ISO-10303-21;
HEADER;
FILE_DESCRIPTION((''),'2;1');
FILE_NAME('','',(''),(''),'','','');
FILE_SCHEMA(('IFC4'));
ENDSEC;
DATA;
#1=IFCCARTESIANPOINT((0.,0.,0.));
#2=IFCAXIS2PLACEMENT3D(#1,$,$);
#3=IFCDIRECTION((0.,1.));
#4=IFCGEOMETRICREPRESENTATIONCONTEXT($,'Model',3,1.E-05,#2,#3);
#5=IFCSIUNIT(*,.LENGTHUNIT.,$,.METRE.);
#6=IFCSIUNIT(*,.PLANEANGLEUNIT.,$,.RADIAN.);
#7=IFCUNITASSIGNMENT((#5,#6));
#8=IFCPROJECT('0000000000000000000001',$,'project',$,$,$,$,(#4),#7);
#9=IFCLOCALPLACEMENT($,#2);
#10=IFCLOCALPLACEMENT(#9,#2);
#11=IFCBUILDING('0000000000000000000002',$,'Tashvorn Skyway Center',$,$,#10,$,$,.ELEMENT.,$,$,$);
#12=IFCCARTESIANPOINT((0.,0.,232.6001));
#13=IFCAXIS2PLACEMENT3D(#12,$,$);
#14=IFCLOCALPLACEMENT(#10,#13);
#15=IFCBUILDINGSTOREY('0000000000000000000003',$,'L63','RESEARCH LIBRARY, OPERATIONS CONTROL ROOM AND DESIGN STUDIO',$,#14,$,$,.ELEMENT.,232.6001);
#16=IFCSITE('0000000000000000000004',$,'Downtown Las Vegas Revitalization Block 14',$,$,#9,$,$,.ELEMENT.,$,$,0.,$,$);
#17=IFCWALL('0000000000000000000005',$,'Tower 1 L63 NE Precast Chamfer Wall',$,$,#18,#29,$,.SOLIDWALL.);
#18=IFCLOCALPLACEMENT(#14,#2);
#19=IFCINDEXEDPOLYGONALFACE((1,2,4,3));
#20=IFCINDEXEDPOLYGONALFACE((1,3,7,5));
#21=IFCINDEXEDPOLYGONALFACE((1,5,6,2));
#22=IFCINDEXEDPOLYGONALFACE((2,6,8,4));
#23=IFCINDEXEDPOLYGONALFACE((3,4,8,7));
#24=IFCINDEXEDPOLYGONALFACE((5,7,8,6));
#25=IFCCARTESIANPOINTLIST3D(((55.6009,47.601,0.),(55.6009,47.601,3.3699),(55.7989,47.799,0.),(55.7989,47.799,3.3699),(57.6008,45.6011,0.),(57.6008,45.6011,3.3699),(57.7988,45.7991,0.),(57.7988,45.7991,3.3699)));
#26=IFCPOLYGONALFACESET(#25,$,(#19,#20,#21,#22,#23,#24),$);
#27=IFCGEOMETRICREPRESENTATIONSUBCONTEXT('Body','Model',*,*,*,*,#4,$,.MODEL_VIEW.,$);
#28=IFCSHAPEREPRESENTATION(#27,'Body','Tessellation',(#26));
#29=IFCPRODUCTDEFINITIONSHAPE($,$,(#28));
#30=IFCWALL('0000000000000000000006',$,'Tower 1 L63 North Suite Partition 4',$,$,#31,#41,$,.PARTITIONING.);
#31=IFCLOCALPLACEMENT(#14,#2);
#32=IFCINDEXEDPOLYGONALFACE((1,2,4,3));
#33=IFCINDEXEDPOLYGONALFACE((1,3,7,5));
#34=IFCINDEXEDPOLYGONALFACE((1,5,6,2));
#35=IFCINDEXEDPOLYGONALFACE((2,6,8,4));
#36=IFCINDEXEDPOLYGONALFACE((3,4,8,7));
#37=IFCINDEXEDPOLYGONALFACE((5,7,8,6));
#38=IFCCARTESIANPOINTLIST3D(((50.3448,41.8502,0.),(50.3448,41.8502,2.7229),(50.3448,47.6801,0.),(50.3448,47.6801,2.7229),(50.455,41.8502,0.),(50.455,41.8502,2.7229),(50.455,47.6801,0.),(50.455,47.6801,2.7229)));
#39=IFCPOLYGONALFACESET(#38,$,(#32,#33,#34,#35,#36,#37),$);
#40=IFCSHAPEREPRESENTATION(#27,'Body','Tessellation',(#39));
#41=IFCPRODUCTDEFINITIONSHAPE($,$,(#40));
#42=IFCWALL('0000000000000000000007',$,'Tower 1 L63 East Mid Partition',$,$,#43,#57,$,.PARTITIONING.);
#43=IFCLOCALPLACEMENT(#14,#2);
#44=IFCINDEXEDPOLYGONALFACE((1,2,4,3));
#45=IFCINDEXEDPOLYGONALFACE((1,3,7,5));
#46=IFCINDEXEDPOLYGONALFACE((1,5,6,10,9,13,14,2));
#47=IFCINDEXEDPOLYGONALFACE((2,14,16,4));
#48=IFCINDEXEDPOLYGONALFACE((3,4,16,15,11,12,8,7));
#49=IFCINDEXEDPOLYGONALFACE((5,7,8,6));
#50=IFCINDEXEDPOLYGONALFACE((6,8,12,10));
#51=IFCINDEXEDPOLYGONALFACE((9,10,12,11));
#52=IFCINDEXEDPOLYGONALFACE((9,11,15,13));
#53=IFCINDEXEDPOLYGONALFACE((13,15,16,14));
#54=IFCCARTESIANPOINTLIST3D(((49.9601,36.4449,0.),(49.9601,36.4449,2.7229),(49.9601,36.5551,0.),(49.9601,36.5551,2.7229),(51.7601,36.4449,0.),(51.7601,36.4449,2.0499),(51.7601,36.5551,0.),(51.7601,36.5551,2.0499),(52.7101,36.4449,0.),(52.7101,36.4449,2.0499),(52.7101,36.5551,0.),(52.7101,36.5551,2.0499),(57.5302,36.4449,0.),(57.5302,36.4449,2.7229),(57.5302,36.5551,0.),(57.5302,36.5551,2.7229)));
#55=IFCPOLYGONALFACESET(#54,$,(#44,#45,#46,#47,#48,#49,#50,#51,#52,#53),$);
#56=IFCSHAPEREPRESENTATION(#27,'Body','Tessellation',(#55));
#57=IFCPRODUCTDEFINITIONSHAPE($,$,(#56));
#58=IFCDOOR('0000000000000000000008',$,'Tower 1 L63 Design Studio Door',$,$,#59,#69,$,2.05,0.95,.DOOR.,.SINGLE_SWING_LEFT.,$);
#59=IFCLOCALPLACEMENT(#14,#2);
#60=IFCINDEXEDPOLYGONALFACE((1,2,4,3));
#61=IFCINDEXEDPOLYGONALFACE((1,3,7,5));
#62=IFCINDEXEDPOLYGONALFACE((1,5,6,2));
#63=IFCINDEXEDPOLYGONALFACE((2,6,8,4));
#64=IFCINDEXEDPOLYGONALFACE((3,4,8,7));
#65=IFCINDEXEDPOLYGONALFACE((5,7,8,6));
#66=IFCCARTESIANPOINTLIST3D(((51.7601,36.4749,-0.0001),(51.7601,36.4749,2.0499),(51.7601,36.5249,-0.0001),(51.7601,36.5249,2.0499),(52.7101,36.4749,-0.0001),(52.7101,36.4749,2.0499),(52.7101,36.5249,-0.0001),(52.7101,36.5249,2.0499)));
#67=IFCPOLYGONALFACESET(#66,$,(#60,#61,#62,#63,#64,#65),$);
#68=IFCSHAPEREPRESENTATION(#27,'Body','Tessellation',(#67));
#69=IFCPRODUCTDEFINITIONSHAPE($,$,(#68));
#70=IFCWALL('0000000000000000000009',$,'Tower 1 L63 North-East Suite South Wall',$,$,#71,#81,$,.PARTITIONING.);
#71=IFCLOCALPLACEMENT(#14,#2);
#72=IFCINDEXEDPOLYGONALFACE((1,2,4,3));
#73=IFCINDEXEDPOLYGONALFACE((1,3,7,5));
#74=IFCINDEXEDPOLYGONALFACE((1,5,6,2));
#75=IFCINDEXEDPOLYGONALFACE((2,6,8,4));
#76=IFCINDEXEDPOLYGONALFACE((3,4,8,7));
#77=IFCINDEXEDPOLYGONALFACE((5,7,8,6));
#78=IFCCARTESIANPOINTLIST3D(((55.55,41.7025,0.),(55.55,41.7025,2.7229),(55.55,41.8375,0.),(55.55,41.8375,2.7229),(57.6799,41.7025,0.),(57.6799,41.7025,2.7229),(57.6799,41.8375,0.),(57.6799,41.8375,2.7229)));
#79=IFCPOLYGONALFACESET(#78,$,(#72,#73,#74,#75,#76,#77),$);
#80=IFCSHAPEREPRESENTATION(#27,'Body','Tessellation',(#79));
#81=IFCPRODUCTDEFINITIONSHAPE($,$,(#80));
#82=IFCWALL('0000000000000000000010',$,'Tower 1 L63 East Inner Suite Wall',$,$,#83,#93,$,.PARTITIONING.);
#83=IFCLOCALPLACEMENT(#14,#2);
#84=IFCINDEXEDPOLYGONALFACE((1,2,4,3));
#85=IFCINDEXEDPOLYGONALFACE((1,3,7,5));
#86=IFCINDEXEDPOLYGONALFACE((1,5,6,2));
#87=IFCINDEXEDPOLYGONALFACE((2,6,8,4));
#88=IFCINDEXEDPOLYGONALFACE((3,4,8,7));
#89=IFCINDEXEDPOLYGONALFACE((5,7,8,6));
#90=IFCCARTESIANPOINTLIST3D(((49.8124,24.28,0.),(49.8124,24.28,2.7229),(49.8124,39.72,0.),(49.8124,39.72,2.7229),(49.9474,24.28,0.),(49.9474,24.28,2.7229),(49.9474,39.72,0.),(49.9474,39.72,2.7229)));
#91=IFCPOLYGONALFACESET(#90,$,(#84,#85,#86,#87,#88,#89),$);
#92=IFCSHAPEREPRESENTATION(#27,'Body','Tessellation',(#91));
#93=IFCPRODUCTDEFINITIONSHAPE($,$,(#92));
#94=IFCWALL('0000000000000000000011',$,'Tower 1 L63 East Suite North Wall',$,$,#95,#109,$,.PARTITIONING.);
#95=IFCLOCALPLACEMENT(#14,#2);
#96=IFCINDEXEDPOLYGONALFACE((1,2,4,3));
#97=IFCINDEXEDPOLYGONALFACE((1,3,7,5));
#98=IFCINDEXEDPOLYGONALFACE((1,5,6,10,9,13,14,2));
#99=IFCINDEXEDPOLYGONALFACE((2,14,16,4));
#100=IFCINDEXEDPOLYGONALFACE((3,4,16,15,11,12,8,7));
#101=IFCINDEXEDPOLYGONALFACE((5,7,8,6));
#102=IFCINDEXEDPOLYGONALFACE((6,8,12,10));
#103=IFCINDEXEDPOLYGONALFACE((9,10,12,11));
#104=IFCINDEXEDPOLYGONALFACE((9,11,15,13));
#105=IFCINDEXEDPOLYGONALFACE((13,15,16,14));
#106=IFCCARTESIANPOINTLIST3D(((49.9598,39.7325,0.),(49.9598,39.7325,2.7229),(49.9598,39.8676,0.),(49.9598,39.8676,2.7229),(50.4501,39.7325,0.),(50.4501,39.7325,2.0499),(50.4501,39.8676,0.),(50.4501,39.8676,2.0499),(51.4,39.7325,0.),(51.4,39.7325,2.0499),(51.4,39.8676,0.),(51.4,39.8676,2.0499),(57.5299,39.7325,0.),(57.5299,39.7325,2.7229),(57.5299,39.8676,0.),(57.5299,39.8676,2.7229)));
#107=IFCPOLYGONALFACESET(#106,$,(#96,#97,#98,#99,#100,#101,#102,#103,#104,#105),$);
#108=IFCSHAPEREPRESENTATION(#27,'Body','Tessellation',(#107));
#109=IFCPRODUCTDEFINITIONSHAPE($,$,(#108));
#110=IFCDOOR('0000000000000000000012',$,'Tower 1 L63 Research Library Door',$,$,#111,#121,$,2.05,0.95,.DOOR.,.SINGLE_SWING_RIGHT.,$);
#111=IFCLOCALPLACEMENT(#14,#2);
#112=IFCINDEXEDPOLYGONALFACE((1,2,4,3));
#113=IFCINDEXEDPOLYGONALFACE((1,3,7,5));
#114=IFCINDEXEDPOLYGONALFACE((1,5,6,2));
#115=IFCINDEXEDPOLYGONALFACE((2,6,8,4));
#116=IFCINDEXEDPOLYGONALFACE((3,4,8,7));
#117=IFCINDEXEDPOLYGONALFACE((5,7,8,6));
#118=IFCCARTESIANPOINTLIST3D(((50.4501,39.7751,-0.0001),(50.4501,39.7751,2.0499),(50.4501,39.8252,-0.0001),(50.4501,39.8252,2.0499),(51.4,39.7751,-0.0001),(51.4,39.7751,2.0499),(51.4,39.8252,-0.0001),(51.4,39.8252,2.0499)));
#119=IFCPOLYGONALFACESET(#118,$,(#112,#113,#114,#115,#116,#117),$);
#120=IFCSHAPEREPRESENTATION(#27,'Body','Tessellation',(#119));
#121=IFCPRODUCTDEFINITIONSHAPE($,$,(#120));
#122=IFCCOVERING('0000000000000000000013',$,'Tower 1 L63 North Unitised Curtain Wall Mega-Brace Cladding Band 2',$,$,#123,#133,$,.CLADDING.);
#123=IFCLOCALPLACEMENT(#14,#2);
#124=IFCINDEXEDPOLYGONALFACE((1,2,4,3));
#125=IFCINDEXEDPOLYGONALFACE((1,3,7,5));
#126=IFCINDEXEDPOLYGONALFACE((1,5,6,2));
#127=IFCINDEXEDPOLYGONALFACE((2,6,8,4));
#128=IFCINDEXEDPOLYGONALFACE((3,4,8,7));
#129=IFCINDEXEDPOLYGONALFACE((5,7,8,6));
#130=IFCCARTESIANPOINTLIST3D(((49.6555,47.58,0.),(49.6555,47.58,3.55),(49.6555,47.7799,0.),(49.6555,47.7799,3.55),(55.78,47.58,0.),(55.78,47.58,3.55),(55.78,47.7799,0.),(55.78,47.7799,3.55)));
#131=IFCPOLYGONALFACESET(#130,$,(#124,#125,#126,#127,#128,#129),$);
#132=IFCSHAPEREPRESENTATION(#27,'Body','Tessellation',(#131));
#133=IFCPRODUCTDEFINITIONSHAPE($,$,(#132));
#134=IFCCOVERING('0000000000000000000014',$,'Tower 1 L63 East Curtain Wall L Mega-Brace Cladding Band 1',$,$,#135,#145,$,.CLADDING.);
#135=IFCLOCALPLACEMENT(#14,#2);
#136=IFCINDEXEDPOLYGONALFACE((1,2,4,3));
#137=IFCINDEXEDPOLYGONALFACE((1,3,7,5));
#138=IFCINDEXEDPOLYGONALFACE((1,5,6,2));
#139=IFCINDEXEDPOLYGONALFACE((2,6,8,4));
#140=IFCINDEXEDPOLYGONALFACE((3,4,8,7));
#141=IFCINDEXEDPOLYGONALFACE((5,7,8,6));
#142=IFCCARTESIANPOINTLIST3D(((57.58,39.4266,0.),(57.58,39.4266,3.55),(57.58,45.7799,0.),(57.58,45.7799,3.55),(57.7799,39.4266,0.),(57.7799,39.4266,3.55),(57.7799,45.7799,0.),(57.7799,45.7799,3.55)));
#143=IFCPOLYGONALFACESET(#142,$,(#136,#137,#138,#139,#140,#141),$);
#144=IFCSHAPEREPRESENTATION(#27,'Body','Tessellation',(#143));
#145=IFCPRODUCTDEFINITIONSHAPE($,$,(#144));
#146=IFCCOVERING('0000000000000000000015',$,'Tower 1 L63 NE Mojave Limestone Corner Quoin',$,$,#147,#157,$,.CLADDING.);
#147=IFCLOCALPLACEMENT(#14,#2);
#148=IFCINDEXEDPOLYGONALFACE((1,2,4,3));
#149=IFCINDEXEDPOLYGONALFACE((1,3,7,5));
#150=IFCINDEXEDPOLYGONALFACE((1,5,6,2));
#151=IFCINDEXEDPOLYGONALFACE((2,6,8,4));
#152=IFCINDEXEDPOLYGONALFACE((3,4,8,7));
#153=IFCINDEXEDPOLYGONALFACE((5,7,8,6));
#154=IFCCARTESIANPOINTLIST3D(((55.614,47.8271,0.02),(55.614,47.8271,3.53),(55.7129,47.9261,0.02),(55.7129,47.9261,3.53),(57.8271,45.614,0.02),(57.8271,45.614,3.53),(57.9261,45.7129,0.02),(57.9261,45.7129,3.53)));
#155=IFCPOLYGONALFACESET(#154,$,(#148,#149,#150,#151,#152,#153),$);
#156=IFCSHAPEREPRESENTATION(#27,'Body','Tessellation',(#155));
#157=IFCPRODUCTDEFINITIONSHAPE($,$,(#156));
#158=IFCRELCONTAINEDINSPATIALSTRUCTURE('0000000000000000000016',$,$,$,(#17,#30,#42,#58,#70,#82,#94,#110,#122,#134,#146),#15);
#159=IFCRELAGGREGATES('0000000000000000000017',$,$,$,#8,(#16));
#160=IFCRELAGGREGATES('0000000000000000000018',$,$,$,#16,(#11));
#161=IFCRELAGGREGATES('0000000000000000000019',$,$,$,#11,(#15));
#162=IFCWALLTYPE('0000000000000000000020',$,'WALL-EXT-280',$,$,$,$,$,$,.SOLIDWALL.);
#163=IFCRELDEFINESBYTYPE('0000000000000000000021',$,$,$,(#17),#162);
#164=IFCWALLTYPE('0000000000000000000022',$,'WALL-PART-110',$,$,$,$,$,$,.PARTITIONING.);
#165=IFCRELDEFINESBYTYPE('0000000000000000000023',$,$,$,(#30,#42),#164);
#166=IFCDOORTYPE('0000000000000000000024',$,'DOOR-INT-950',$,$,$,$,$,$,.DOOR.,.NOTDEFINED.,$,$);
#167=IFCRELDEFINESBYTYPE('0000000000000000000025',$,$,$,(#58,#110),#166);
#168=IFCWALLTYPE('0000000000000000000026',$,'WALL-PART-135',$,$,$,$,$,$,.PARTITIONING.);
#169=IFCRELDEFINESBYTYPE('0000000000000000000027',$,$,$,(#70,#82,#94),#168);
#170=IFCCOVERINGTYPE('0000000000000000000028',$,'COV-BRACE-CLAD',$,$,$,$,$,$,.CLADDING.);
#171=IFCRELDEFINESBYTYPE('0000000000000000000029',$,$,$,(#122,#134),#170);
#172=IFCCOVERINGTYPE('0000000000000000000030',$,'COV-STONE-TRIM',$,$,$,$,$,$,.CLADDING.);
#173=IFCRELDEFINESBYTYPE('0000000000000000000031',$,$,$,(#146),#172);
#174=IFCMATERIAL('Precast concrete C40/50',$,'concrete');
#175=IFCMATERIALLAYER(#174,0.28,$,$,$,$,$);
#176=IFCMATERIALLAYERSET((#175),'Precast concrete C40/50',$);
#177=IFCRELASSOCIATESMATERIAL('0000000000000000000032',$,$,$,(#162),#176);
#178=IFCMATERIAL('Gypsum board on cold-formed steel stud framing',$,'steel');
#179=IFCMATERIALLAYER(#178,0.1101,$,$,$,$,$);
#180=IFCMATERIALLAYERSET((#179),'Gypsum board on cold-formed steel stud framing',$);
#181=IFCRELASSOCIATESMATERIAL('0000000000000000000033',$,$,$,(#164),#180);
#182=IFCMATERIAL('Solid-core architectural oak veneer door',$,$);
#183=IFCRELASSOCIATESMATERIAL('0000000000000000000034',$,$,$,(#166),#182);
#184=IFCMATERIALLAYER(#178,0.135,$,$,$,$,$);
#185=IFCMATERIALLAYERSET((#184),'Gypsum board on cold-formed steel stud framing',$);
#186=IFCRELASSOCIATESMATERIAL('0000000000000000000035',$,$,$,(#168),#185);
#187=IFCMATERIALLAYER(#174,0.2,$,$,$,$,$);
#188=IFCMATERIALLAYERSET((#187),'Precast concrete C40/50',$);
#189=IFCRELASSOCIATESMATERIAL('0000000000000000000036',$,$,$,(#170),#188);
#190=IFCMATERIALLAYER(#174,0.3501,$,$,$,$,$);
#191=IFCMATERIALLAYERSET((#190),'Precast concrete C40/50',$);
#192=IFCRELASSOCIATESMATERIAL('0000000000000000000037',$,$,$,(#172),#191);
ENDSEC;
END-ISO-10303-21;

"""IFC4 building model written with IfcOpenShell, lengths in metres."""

from ifc_helpers import new_model, si_unit, direction, frame, frame_2d, origin, origin_2d, place, context, subcontext, project, spatial, rectangle, extrude, material, layer, layer_set, type_object, element, fill, save


model = new_model("IFC4")

# Units and contexts
model_context = context("Model", 3, precision=1e-05, world=origin(), true_north=direction((0.0, 1.0)))
body_context = subcontext(model_context, "Body", "Model", "MODEL_VIEW")
ifc_project = project(units=[si_unit("LENGTHUNIT", "METRE"), si_unit("PLANEANGLEUNIT", "RADIAN")], contexts=[model_context])

# Site, building, storey
site_placement = place(None, origin())
site = spatial("IfcSite", under=ifc_project, at=site_placement, Name="Downtown Las Vegas Revitalization Block 14", CompositionType="ELEMENT", RefElevation=0.0)
building_placement = place(site_placement, origin())
building = spatial("IfcBuilding", under=site, at=building_placement, Name="Tashvorn Skyway Center", CompositionType="ELEMENT")
storey_placement = place(building_placement, frame((0.0, 0.0, 232.6001)))
storey = spatial("IfcBuildingStorey", under=building, at=storey_placement, Name="L63", Description="RESEARCH LIBRARY, OPERATIONS CONTROL ROOM AND DESIGN STUDIO", CompositionType="ELEMENT", Elevation=232.6001)

# Walls
ifc_material_1 = material(Name="Precast concrete C40/50", Category="concrete")
ifc_layer_1 = layer(ifc_material_1, 0.28)
ifc_layer_set_1 = layer_set([ifc_layer_1], Name="Precast concrete C40/50")
wall_type_1 = type_object("IfcWallType", Name="WALL-EXT-280", PredefinedType="SOLIDWALL", material=ifc_layer_set_1)
wall_1_placement = place(storey_placement, frame((55.7, 47.7, 0.0), z_axis=(0.0, 0.0, 1.0), x_axis=(0.707107, -0.707107, 0.0)))
element("IfcWall", 1, at=wall_1_placement, inside=storey, type_object=wall_type_1, Name="Tower 1 L63 NE Precast Chamfer Wall", PredefinedType="SOLIDWALL", context=body_context, shape_type="SweptSolid", body=[
    extrude(rectangle(XDim=2.8284, YDim=0.28, at=frame_2d((1.4141, 0.0))), origin(), (0.0, 0.0, 1.0), 3.3699),
])
ifc_material_2 = material(Name="Gypsum board on cold-formed steel stud framing", Category="steel")
ifc_layer_2 = layer(ifc_material_2, 0.1101)
ifc_layer_set_2 = layer_set([ifc_layer_2], Name="Gypsum board on cold-formed steel stud framing")
wall_type_2 = type_object("IfcWallType", Name="WALL-PART-110", PredefinedType="PARTITIONING", material=ifc_layer_set_2)
wall_2_placement = place(storey_placement, frame((50.3999, 41.8501, 0.0), z_axis=(0.0, 0.0, 1.0), x_axis=(0.0, 1.0, 0.0)))
element("IfcWall", 2, at=wall_2_placement, inside=storey, type_object=wall_type_2, Name="Tower 1 L63 North Suite Partition 4", PredefinedType="PARTITIONING", context=body_context, shape_type="SweptSolid", body=[
    extrude(rectangle(XDim=5.8298, YDim=0.1101, at=frame_2d((2.915, 0.0))), origin(), (0.0, 0.0, 1.0), 2.7229),
])

# Wall, opening, door
wall_3_placement = place(storey_placement, frame((49.96, 36.5, 0.0), z_axis=(0.0, 0.0, 1.0), x_axis=(1.0, 0.0, 0.0)))
wall_3 = element("IfcWall", 3, at=wall_3_placement, inside=storey, type_object=wall_type_2, Name="Tower 1 L63 East Mid Partition", PredefinedType="PARTITIONING", context=body_context, shape_type="SweptSolid", body=[
    extrude(rectangle(XDim=7.5701, YDim=0.1101, at=frame_2d((3.7852, 0.0))), origin(), (0.0, 0.0, 1.0), 2.7229),
])
opening_1_placement = place(wall_3_placement, frame((1.8, 0.0, 0.0)))
opening_1 = element("IfcOpeningElement", 4, at=opening_1_placement, cuts=wall_3, PredefinedType="OPENING", context=body_context, shape_type="SweptSolid", body=[
    extrude(rectangle(XDim=0.95, YDim=2.05, at=frame_2d((0.4751, 1.0249))), frame((0.0, 0.0649, 0.0), z_axis=(0.0, -1.0, 0.0), x_axis=(1.0, 0.0, 0.0)), (0.0, 0.0, 1.0), 0.1301),
])
ifc_material_3 = material(Name="Solid-core architectural oak veneer door")
door_type = type_object("IfcDoorType", Name="DOOR-INT-950", OperationType="NOTDEFINED", PredefinedType="DOOR", material=ifc_material_3)
door_1_placement = place(opening_1_placement, origin())
door_1 = element("IfcDoor", 5, at=door_1_placement, inside=storey, type_object=door_type, Name="Tower 1 L63 Design Studio Door", OperationType="SINGLE_SWING_LEFT", OverallHeight=2.05, OverallWidth=0.95, PredefinedType="DOOR", context=body_context, shape_type="SweptSolid", body=[
    extrude(rectangle(XDim=0.95, YDim=2.05, at=frame_2d((0.4751, 1.0249))), frame((0.0, 0.0249, 0.0), z_axis=(0.0, -1.0, 0.0), x_axis=(1.0, 0.0, 0.0)), (0.0, 0.0, 1.0), 0.05),
])
fill(opening_1, door_1)

# Walls
ifc_layer_3 = layer(ifc_material_2, 0.135)
ifc_layer_set_3 = layer_set([ifc_layer_3], Name="Gypsum board on cold-formed steel stud framing")
wall_type_3 = type_object("IfcWallType", Name="WALL-PART-135", PredefinedType="PARTITIONING", material=ifc_layer_set_3)
wall_4_placement = place(storey_placement, frame((55.55, 41.77, 0.0), z_axis=(0.0, 0.0, 1.0), x_axis=(1.0, 0.0, 0.0)))
element("IfcWall", 6, at=wall_4_placement, inside=storey, type_object=wall_type_3, Name="Tower 1 L63 North-East Suite South Wall", PredefinedType="PARTITIONING", context=body_context, shape_type="SweptSolid", body=[
    extrude(rectangle(XDim=2.1299, YDim=0.135, at=frame_2d((1.0649, 0.0))), origin(), (0.0, 0.0, 1.0), 2.7229),
])
wall_5_placement = place(storey_placement, frame((49.8799, 39.72, 0.0), z_axis=(0.0, 0.0, 1.0), x_axis=(0.0, -1.0, 0.0)))
element("IfcWall", 7, at=wall_5_placement, inside=storey, type_object=wall_type_3, Name="Tower 1 L63 East Inner Suite Wall", PredefinedType="PARTITIONING", context=body_context, shape_type="SweptSolid", body=[
    extrude(rectangle(XDim=15.4399, YDim=0.135, at=frame_2d((7.72, 0.0))), origin(), (0.0, 0.0, 1.0), 2.7229),
])

# Wall, opening, door
wall_6_placement = place(storey_placement, frame((57.53, 39.8, 0.0), z_axis=(0.0, 0.0, 1.0), x_axis=(-1.0, 0.0, 0.0)))
wall_6 = element("IfcWall", 8, at=wall_6_placement, inside=storey, type_object=wall_type_3, Name="Tower 1 L63 East Suite North Wall", PredefinedType="PARTITIONING", context=body_context, shape_type="SweptSolid", body=[
    extrude(rectangle(XDim=7.5701, YDim=0.135, at=frame_2d((3.7852, 0.0))), origin(), (0.0, 0.0, 1.0), 2.7229),
])
opening_2_placement = place(wall_6_placement, frame((6.1299, 0.0, 0.0)))
opening_2 = element("IfcOpeningElement", 9, at=opening_2_placement, cuts=wall_6, PredefinedType="OPENING", context=body_context, shape_type="SweptSolid", body=[
    extrude(rectangle(XDim=0.95, YDim=2.05, at=frame_2d((0.4751, 1.0249))), frame((0.0, 0.0774, 0.0), z_axis=(0.0, -1.0, 0.0), x_axis=(1.0, 0.0, 0.0)), (0.0, 0.0, 1.0), 0.155),
])
door_2_placement = place(opening_2_placement, origin())
door_2 = element("IfcDoor", 10, at=door_2_placement, inside=storey, type_object=door_type, Name="Tower 1 L63 Research Library Door", OperationType="SINGLE_SWING_RIGHT", OverallHeight=2.05, OverallWidth=0.95, PredefinedType="DOOR", context=body_context, shape_type="SweptSolid", body=[
    extrude(rectangle(XDim=0.95, YDim=2.05, at=frame_2d((0.4751, 1.0249))), frame((0.0, 0.0249, 0.0), z_axis=(0.0, -1.0, 0.0), x_axis=(1.0, 0.0, 0.0)), (0.0, 0.0, 1.0), 0.05),
])
fill(opening_2, door_2)

# Coverings
ifc_layer_4 = layer(ifc_material_1, 0.2)
ifc_layer_set_4 = layer_set([ifc_layer_4], Name="Precast concrete C40/50")
covering_type_1 = type_object("IfcCoveringType", Name="COV-BRACE-CLAD", PredefinedType="CLADDING", material=ifc_layer_set_4)
covering_1_placement = place(storey_placement, frame((52.7178, 47.6799, 0.0), z_axis=(0.0, 0.0, 1.0), x_axis=(1.0, 0.0, 0.0)))
element("IfcCovering", 11, at=covering_1_placement, inside=storey, type_object=covering_type_1, Name="Tower 1 L63 North Unitised Curtain Wall Mega-Brace Cladding Band 2", PredefinedType="CLADDING", context=body_context, shape_type="SweptSolid", body=[
    extrude(rectangle(XDim=6.1245, YDim=0.2, at=origin_2d()), origin(), (0.0, 0.0, 1.0), 3.55),
])
covering_2_placement = place(storey_placement, frame((57.6799, 42.6033, 0.0), z_axis=(0.0, 0.0, 1.0), x_axis=(0.0, -1.0, 0.0)))
element("IfcCovering", 12, at=covering_2_placement, inside=storey, type_object=covering_type_1, Name="Tower 1 L63 East Curtain Wall L Mega-Brace Cladding Band 1", PredefinedType="CLADDING", context=body_context, shape_type="SweptSolid", body=[
    extrude(rectangle(XDim=6.3533, YDim=0.2, at=origin_2d()), origin(), (0.0, 0.0, 1.0), 3.55),
])
ifc_layer_5 = layer(ifc_material_1, 0.3501)
ifc_layer_set_5 = layer_set([ifc_layer_5], Name="Precast concrete C40/50")
covering_type_2 = type_object("IfcCoveringType", Name="COV-STONE-TRIM", PredefinedType="CLADDING", material=ifc_layer_set_5)
covering_3_placement = place(storey_placement, frame((56.77, 46.77, 0.02), z_axis=(0.0, 0.0, 1.0), x_axis=(0.707107, -0.707107, 0.0)))
element("IfcCovering", 13, at=covering_3_placement, inside=storey, type_object=covering_type_2, Name="Tower 1 L63 NE Mojave Limestone Corner Quoin", PredefinedType="CLADDING", context=body_context, shape_type="SweptSolid", body=[
    extrude(rectangle(XDim=3.1299, YDim=0.1399, at=origin_2d()), origin(), (0.0, 0.0, 1.0), 3.51),
])

save(model, "model.ifc")
